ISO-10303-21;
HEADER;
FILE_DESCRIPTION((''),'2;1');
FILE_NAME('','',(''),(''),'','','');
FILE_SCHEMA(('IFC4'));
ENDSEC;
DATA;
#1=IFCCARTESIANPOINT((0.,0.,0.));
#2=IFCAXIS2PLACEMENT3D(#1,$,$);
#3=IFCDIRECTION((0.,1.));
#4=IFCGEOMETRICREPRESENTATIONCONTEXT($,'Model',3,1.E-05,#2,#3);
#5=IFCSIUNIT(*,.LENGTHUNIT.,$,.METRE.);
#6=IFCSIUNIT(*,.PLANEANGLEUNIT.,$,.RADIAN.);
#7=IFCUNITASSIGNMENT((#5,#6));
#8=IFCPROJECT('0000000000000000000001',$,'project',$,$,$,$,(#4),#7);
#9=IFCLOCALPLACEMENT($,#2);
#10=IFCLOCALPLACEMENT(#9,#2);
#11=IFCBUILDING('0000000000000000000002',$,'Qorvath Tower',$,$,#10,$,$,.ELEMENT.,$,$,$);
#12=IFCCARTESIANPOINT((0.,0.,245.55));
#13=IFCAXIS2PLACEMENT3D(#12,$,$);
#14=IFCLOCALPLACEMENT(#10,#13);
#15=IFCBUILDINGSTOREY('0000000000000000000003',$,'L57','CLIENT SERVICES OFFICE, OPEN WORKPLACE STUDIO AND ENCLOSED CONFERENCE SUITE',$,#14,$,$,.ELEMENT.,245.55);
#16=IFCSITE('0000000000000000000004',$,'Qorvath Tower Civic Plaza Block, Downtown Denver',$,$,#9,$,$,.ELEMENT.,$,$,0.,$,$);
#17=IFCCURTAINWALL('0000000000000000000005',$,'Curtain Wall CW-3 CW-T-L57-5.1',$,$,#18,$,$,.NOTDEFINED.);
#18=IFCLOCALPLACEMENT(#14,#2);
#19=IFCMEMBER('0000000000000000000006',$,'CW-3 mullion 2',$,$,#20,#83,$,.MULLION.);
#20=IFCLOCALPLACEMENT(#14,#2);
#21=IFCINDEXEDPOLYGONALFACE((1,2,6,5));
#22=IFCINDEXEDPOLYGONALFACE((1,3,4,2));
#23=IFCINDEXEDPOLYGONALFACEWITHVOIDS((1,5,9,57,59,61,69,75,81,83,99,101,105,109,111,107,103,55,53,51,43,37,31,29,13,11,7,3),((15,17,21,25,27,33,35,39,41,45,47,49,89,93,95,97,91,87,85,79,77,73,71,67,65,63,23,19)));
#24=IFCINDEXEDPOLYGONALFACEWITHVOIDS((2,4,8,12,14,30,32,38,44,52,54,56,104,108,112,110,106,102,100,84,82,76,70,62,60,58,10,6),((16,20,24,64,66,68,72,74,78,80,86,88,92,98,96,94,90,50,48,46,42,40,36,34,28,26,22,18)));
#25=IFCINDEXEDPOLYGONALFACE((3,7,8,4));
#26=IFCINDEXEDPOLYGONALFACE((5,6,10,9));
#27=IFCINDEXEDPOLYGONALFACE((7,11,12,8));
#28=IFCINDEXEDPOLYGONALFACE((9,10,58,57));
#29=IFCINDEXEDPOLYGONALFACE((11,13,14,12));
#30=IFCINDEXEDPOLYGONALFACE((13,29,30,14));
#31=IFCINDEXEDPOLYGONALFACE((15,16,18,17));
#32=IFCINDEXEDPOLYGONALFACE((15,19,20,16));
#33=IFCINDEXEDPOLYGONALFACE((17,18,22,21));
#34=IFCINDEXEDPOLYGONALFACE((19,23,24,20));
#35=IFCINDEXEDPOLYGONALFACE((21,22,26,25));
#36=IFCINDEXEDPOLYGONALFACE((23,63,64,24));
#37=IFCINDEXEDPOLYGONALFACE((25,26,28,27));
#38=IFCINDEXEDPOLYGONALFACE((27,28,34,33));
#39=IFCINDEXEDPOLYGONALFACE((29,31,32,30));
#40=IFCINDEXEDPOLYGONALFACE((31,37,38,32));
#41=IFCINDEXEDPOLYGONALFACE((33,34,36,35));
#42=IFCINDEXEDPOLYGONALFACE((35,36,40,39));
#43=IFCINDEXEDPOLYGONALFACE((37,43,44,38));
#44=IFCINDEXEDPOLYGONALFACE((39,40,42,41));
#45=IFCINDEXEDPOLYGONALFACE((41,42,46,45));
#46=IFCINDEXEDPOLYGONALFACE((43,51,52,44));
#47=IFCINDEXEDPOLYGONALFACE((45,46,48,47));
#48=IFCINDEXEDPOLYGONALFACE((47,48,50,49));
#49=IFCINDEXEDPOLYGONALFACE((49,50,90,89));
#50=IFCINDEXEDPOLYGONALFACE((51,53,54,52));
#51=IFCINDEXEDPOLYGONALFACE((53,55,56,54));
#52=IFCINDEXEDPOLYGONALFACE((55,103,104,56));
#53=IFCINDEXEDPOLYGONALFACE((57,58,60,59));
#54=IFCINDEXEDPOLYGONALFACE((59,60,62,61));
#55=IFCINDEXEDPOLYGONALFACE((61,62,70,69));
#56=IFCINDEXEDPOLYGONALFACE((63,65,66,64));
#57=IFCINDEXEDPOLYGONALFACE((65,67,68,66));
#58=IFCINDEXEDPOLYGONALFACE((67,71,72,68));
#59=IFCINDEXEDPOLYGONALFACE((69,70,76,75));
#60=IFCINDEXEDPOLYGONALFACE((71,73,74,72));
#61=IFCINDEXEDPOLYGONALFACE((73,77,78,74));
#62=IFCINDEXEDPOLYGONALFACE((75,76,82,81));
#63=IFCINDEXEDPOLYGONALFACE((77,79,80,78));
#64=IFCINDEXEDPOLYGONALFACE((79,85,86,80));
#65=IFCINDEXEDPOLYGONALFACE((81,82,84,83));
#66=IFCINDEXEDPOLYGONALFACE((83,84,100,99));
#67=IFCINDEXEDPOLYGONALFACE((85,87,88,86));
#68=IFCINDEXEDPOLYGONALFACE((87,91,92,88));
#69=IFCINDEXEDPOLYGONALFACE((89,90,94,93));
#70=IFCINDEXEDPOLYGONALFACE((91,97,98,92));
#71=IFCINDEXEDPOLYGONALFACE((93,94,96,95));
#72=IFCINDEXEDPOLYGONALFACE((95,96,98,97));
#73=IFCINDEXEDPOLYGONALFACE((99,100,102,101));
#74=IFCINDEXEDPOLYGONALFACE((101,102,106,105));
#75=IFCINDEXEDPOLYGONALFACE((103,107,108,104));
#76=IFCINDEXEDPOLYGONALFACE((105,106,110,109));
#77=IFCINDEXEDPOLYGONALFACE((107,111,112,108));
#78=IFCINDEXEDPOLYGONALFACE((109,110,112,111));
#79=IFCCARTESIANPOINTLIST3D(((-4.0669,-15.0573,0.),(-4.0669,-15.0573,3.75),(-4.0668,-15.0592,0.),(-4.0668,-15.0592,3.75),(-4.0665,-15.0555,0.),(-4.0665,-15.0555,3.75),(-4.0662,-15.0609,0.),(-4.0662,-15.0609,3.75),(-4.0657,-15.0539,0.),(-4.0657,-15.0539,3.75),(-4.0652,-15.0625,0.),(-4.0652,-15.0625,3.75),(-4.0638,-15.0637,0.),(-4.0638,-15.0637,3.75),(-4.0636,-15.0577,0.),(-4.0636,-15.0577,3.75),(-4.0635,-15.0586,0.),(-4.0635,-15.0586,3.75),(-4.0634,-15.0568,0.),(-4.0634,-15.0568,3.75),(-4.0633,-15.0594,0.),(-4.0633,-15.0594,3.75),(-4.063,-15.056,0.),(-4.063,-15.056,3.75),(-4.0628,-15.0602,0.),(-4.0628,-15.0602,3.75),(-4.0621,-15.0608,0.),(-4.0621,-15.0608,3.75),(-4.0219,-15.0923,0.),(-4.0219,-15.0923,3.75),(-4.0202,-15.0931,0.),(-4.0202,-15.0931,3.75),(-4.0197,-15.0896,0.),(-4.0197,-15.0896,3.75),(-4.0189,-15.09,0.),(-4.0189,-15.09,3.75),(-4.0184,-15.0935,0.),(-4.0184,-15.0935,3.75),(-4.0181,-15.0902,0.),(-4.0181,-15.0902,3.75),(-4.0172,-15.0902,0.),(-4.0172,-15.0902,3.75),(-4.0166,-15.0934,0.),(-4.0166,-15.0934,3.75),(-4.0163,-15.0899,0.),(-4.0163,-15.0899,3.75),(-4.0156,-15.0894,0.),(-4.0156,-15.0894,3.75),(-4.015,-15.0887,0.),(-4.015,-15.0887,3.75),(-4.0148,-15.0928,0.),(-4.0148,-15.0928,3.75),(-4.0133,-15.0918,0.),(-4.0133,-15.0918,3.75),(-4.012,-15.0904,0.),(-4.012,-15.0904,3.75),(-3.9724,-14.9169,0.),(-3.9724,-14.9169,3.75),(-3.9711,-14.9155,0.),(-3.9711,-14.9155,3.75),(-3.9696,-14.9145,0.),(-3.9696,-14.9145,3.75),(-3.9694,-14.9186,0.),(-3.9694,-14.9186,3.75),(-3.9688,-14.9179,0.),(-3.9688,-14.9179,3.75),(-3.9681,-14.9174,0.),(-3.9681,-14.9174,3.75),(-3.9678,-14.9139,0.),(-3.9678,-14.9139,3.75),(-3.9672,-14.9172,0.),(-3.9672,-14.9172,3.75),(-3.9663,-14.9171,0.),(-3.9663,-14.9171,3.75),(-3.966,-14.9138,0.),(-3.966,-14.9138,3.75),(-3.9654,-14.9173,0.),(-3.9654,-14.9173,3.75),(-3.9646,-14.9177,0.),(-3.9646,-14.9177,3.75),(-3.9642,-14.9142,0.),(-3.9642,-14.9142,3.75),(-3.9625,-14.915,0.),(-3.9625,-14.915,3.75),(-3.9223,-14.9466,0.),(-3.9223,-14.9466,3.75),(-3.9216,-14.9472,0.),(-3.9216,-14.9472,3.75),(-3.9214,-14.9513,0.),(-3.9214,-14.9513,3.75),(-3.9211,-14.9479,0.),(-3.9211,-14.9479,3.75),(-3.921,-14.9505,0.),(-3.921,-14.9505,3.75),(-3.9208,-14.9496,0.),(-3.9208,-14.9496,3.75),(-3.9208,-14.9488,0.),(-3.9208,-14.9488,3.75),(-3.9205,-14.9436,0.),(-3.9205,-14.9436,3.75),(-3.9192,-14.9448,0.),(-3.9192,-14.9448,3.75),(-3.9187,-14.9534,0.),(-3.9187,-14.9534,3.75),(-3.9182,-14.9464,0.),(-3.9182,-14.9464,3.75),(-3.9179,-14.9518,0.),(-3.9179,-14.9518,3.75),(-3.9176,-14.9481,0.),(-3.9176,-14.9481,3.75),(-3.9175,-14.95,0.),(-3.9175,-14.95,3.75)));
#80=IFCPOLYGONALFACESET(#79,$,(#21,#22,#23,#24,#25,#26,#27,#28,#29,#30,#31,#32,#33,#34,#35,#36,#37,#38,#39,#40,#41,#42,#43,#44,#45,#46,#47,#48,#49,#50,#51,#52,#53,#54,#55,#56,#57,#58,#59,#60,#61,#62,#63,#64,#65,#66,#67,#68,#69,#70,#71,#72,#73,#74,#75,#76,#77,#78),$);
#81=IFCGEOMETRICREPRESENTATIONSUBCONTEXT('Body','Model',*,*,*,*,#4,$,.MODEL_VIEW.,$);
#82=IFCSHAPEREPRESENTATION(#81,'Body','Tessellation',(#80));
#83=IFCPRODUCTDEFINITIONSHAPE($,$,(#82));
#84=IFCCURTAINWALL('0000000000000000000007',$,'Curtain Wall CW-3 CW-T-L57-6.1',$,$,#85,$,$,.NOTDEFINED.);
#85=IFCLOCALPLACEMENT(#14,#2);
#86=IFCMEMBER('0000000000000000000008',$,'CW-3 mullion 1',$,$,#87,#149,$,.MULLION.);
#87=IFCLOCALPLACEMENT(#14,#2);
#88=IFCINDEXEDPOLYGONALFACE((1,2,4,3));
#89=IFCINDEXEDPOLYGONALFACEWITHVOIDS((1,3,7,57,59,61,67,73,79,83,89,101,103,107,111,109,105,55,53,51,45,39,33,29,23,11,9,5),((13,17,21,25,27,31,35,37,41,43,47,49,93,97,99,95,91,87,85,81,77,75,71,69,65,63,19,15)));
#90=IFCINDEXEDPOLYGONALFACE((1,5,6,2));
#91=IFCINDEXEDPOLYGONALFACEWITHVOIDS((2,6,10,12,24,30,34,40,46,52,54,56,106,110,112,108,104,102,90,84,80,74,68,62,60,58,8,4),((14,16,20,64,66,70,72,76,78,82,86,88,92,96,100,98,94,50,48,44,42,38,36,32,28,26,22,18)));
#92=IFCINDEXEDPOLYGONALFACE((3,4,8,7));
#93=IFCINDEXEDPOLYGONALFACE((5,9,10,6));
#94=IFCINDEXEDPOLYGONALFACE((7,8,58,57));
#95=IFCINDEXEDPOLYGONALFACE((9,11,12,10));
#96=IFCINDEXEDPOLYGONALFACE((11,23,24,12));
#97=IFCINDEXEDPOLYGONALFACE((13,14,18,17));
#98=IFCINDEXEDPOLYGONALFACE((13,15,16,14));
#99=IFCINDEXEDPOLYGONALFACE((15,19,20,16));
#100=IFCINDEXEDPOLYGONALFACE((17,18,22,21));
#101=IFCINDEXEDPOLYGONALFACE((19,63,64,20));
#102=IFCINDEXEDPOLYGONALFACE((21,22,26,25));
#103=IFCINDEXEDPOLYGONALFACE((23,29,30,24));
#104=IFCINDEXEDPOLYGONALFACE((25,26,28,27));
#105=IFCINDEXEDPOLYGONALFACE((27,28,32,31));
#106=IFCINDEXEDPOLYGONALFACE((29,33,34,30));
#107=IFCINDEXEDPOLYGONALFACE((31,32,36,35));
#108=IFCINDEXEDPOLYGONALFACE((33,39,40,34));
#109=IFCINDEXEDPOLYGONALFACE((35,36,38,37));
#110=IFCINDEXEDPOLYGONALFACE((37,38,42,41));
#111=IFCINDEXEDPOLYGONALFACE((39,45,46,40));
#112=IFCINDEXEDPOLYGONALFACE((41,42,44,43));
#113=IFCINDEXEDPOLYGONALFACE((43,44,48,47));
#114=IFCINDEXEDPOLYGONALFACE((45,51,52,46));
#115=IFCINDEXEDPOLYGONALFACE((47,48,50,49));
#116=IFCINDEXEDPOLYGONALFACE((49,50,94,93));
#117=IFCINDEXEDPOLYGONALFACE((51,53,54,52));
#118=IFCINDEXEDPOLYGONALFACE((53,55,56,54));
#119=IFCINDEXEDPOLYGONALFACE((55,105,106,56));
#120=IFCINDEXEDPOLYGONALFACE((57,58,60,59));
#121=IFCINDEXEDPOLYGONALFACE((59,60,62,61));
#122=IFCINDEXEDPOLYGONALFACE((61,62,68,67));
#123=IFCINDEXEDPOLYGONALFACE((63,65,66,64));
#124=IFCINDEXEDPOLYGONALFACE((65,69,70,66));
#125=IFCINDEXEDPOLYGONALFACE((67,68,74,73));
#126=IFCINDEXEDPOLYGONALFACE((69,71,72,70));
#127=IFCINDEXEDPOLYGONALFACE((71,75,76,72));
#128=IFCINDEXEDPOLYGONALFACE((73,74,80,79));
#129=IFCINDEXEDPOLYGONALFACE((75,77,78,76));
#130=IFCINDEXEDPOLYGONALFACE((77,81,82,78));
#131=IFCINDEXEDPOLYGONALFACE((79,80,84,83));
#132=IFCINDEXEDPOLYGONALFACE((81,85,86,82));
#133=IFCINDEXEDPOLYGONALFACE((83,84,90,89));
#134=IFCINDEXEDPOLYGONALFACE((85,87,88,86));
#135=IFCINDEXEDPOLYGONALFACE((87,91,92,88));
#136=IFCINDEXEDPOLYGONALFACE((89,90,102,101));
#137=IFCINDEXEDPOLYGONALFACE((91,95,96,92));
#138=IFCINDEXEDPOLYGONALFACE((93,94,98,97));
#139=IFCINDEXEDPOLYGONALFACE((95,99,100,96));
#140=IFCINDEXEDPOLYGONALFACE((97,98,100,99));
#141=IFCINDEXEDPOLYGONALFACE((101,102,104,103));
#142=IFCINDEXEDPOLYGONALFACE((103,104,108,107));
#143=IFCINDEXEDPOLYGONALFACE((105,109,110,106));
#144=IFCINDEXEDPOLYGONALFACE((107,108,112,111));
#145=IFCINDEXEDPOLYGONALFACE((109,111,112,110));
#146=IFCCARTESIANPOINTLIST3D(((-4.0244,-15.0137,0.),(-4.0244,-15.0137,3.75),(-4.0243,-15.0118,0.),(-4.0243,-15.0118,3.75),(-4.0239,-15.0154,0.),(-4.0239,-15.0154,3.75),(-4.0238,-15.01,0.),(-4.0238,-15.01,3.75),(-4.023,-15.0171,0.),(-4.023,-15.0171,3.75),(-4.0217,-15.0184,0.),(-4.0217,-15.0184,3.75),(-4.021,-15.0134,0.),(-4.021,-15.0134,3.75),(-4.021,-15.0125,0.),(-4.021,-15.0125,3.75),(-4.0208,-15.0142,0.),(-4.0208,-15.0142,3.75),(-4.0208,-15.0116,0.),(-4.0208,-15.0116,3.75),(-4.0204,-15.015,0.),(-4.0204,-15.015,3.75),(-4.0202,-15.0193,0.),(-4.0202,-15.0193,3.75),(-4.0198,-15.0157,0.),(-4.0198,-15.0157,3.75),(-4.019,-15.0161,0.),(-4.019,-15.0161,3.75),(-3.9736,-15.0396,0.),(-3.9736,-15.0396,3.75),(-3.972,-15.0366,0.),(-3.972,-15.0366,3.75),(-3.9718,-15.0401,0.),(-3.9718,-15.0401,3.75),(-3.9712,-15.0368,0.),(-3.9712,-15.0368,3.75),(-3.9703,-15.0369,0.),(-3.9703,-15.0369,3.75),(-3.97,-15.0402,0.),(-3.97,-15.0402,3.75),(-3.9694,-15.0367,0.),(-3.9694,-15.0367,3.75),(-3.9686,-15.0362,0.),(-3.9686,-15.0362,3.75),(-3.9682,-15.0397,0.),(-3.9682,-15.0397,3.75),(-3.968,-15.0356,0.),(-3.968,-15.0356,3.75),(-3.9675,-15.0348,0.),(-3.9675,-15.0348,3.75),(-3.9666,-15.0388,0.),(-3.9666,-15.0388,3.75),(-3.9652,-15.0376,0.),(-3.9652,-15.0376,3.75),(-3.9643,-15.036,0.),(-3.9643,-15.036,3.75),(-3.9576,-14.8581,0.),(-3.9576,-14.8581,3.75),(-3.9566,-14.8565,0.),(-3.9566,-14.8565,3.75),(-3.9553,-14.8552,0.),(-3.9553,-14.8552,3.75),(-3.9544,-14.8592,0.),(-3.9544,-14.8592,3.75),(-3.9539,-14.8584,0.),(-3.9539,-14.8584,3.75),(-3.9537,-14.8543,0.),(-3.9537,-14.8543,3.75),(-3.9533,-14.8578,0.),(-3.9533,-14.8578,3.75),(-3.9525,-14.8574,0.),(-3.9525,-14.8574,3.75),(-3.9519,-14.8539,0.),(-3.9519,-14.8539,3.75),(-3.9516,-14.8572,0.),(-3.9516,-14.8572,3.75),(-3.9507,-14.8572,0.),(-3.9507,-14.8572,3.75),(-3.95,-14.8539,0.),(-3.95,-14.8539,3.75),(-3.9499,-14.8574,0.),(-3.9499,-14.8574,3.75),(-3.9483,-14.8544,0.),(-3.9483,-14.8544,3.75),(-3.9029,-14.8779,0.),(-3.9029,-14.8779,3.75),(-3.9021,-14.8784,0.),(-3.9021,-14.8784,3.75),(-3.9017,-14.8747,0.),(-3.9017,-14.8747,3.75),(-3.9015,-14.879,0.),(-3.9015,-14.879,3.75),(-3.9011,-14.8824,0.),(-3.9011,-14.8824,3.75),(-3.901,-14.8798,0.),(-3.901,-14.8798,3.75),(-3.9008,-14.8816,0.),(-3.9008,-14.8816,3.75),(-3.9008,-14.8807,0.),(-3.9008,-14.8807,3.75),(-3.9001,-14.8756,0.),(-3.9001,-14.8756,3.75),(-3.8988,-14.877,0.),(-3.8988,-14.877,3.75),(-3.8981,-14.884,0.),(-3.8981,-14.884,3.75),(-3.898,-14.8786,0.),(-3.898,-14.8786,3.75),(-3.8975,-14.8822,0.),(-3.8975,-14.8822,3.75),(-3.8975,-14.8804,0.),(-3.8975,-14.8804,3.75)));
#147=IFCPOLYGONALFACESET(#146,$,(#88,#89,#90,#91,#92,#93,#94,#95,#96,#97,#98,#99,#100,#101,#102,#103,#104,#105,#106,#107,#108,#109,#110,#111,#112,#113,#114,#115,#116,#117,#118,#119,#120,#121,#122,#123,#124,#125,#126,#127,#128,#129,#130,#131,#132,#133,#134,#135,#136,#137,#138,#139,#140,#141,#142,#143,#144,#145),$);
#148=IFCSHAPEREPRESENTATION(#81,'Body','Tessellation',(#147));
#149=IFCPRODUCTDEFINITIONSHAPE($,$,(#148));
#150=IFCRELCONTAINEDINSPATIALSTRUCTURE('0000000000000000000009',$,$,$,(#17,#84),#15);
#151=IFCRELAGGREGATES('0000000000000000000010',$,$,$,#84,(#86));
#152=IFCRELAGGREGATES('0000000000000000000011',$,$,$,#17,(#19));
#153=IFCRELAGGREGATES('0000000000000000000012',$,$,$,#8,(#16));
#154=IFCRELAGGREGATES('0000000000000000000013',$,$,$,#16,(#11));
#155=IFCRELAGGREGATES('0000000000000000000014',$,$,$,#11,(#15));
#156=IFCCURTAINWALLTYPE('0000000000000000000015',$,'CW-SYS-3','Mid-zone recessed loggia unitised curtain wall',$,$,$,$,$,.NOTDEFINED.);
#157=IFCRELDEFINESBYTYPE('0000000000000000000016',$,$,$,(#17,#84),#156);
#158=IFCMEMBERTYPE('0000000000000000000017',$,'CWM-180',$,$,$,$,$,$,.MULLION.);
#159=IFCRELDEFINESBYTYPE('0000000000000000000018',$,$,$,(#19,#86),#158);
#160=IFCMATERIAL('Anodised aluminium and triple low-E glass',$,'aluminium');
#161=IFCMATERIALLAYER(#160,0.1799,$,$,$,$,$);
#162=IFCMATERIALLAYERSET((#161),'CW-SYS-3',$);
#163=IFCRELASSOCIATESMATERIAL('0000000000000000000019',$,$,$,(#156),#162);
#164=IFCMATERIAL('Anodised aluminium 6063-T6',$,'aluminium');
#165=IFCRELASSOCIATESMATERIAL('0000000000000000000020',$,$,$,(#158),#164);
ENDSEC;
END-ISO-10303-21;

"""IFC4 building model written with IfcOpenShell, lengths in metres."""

from ifc_helpers import new_model, si_unit, direction, frame, origin, origin_2d, place, context, subcontext, project, spatial, hollow_rectangle, extrude, material, layer, layer_set, material_profile, profile_set, type_object, element, aggregate, save


model = new_model("IFC4")

# Units and contexts
model_context = context("Model", 3, precision=1e-05, world=origin(), true_north=direction((0.0, 1.0)))
body_context = subcontext(model_context, "Body", "Model", "MODEL_VIEW")
ifc_project = project(units=[si_unit("LENGTHUNIT", "METRE"), si_unit("PLANEANGLEUNIT", "RADIAN")], contexts=[model_context])

# Site, building, storey
site_placement = place(None, origin())
site = spatial("IfcSite", under=ifc_project, at=site_placement, Name="Qorvath Tower Civic Plaza Block, Downtown Denver", CompositionType="ELEMENT", RefElevation=0.0)
building_placement = place(site_placement, origin())
building = spatial("IfcBuilding", under=site, at=building_placement, Name="Qorvath Tower", CompositionType="ELEMENT")
storey_placement = place(building_placement, frame((0.0, 0.0, 245.55)))
storey = spatial("IfcBuildingStorey", under=building, at=storey_placement, Name="L57", Description="CLIENT SERVICES OFFICE, OPEN WORKPLACE STUDIO AND ENCLOSED CONFERENCE SUITE", CompositionType="ELEMENT", Elevation=245.55)

# Shared definitions
ifc_material_1 = material(Name="Anodised aluminium and triple low-E glass", Category="aluminium")
ifc_layer_1 = layer(ifc_material_1, 0.1799)
ifc_layer_set_1 = layer_set([ifc_layer_1], Name="CW-SYS-3")
curtain_wall_type = type_object("IfcCurtainWallType", Name="CW-SYS-3", Description="Mid-zone recessed loggia unitised curtain wall", PredefinedType="NOTDEFINED", material=ifc_layer_set_1)
ifc_material_2 = material(Name="Anodised aluminium 6063-T6", Category="aluminium")
ifc_material_profile_1 = material_profile(ifc_material_2, hollow_rectangle(XDim=0.0649, YDim=0.1799, WallThickness=0.0034, InnerFilletRadius=0.0034, OuterFilletRadius=0.0071, at=origin_2d()), Name="CWM 180x65")
ifc_profile_set_1 = profile_set([ifc_material_profile_1], Name="Anodised aluminium 6063-T6")
member_type_1 = type_object("IfcMemberType", Name="CWM-180", PredefinedType="MULLION", material=ifc_profile_set_1)

# Curtain wall, member
curtain_wall_1_placement = place(storey_placement, origin())
curtain_wall_1 = element("IfcCurtainWall", 1, at=curtain_wall_1_placement, inside=storey, type_object=curtain_wall_type, Name="Curtain Wall CW-3 CW-T-L57-5.1", PredefinedType="NOTDEFINED")
member_1_placement = place(storey_placement, frame((-3.9922, -15.0037, 0.0), z_axis=(0.0, 0.0, 1.0), x_axis=(-0.826431, 0.563037, 0.0)))
member_1 = element("IfcMember", 2, at=member_1_placement, type_object=member_type_1, Name="CW-3 mullion 2", PredefinedType="MULLION", context=body_context, shape_type="SweptSolid", body=[
    extrude(hollow_rectangle(XDim=0.0649, YDim=0.1799, WallThickness=0.0034, InnerFilletRadius=0.0034, OuterFilletRadius=0.0071, at=origin_2d()), origin(), (0.0, 0.0, 1.0), 3.75),
])

# Curtain wall, member
curtain_wall_2_placement = place(storey_placement, origin())
curtain_wall_2 = element("IfcCurtainWall", 3, at=curtain_wall_2_placement, inside=storey, type_object=curtain_wall_type, Name="Curtain Wall CW-3 CW-T-L57-6.1", PredefinedType="NOTDEFINED")
member_2_placement = place(storey_placement, frame((-3.9609, -14.947, 0.0), z_axis=(0.0, 0.0, 1.0), x_axis=(-0.9167, 0.399576, 0.0)))
member_2 = element("IfcMember", 4, at=member_2_placement, type_object=member_type_1, Name="CW-3 mullion 1", PredefinedType="MULLION", context=body_context, shape_type="SweptSolid", body=[
    extrude(hollow_rectangle(XDim=0.0649, YDim=0.1799, WallThickness=0.0034, InnerFilletRadius=0.0034, OuterFilletRadius=0.0071, at=origin_2d()), origin(), (0.0, 0.0, 1.0), 3.75),
])

aggregate(curtain_wall_2, [member_2])

aggregate(curtain_wall_1, [member_1])

save(model, "model.ifc")
